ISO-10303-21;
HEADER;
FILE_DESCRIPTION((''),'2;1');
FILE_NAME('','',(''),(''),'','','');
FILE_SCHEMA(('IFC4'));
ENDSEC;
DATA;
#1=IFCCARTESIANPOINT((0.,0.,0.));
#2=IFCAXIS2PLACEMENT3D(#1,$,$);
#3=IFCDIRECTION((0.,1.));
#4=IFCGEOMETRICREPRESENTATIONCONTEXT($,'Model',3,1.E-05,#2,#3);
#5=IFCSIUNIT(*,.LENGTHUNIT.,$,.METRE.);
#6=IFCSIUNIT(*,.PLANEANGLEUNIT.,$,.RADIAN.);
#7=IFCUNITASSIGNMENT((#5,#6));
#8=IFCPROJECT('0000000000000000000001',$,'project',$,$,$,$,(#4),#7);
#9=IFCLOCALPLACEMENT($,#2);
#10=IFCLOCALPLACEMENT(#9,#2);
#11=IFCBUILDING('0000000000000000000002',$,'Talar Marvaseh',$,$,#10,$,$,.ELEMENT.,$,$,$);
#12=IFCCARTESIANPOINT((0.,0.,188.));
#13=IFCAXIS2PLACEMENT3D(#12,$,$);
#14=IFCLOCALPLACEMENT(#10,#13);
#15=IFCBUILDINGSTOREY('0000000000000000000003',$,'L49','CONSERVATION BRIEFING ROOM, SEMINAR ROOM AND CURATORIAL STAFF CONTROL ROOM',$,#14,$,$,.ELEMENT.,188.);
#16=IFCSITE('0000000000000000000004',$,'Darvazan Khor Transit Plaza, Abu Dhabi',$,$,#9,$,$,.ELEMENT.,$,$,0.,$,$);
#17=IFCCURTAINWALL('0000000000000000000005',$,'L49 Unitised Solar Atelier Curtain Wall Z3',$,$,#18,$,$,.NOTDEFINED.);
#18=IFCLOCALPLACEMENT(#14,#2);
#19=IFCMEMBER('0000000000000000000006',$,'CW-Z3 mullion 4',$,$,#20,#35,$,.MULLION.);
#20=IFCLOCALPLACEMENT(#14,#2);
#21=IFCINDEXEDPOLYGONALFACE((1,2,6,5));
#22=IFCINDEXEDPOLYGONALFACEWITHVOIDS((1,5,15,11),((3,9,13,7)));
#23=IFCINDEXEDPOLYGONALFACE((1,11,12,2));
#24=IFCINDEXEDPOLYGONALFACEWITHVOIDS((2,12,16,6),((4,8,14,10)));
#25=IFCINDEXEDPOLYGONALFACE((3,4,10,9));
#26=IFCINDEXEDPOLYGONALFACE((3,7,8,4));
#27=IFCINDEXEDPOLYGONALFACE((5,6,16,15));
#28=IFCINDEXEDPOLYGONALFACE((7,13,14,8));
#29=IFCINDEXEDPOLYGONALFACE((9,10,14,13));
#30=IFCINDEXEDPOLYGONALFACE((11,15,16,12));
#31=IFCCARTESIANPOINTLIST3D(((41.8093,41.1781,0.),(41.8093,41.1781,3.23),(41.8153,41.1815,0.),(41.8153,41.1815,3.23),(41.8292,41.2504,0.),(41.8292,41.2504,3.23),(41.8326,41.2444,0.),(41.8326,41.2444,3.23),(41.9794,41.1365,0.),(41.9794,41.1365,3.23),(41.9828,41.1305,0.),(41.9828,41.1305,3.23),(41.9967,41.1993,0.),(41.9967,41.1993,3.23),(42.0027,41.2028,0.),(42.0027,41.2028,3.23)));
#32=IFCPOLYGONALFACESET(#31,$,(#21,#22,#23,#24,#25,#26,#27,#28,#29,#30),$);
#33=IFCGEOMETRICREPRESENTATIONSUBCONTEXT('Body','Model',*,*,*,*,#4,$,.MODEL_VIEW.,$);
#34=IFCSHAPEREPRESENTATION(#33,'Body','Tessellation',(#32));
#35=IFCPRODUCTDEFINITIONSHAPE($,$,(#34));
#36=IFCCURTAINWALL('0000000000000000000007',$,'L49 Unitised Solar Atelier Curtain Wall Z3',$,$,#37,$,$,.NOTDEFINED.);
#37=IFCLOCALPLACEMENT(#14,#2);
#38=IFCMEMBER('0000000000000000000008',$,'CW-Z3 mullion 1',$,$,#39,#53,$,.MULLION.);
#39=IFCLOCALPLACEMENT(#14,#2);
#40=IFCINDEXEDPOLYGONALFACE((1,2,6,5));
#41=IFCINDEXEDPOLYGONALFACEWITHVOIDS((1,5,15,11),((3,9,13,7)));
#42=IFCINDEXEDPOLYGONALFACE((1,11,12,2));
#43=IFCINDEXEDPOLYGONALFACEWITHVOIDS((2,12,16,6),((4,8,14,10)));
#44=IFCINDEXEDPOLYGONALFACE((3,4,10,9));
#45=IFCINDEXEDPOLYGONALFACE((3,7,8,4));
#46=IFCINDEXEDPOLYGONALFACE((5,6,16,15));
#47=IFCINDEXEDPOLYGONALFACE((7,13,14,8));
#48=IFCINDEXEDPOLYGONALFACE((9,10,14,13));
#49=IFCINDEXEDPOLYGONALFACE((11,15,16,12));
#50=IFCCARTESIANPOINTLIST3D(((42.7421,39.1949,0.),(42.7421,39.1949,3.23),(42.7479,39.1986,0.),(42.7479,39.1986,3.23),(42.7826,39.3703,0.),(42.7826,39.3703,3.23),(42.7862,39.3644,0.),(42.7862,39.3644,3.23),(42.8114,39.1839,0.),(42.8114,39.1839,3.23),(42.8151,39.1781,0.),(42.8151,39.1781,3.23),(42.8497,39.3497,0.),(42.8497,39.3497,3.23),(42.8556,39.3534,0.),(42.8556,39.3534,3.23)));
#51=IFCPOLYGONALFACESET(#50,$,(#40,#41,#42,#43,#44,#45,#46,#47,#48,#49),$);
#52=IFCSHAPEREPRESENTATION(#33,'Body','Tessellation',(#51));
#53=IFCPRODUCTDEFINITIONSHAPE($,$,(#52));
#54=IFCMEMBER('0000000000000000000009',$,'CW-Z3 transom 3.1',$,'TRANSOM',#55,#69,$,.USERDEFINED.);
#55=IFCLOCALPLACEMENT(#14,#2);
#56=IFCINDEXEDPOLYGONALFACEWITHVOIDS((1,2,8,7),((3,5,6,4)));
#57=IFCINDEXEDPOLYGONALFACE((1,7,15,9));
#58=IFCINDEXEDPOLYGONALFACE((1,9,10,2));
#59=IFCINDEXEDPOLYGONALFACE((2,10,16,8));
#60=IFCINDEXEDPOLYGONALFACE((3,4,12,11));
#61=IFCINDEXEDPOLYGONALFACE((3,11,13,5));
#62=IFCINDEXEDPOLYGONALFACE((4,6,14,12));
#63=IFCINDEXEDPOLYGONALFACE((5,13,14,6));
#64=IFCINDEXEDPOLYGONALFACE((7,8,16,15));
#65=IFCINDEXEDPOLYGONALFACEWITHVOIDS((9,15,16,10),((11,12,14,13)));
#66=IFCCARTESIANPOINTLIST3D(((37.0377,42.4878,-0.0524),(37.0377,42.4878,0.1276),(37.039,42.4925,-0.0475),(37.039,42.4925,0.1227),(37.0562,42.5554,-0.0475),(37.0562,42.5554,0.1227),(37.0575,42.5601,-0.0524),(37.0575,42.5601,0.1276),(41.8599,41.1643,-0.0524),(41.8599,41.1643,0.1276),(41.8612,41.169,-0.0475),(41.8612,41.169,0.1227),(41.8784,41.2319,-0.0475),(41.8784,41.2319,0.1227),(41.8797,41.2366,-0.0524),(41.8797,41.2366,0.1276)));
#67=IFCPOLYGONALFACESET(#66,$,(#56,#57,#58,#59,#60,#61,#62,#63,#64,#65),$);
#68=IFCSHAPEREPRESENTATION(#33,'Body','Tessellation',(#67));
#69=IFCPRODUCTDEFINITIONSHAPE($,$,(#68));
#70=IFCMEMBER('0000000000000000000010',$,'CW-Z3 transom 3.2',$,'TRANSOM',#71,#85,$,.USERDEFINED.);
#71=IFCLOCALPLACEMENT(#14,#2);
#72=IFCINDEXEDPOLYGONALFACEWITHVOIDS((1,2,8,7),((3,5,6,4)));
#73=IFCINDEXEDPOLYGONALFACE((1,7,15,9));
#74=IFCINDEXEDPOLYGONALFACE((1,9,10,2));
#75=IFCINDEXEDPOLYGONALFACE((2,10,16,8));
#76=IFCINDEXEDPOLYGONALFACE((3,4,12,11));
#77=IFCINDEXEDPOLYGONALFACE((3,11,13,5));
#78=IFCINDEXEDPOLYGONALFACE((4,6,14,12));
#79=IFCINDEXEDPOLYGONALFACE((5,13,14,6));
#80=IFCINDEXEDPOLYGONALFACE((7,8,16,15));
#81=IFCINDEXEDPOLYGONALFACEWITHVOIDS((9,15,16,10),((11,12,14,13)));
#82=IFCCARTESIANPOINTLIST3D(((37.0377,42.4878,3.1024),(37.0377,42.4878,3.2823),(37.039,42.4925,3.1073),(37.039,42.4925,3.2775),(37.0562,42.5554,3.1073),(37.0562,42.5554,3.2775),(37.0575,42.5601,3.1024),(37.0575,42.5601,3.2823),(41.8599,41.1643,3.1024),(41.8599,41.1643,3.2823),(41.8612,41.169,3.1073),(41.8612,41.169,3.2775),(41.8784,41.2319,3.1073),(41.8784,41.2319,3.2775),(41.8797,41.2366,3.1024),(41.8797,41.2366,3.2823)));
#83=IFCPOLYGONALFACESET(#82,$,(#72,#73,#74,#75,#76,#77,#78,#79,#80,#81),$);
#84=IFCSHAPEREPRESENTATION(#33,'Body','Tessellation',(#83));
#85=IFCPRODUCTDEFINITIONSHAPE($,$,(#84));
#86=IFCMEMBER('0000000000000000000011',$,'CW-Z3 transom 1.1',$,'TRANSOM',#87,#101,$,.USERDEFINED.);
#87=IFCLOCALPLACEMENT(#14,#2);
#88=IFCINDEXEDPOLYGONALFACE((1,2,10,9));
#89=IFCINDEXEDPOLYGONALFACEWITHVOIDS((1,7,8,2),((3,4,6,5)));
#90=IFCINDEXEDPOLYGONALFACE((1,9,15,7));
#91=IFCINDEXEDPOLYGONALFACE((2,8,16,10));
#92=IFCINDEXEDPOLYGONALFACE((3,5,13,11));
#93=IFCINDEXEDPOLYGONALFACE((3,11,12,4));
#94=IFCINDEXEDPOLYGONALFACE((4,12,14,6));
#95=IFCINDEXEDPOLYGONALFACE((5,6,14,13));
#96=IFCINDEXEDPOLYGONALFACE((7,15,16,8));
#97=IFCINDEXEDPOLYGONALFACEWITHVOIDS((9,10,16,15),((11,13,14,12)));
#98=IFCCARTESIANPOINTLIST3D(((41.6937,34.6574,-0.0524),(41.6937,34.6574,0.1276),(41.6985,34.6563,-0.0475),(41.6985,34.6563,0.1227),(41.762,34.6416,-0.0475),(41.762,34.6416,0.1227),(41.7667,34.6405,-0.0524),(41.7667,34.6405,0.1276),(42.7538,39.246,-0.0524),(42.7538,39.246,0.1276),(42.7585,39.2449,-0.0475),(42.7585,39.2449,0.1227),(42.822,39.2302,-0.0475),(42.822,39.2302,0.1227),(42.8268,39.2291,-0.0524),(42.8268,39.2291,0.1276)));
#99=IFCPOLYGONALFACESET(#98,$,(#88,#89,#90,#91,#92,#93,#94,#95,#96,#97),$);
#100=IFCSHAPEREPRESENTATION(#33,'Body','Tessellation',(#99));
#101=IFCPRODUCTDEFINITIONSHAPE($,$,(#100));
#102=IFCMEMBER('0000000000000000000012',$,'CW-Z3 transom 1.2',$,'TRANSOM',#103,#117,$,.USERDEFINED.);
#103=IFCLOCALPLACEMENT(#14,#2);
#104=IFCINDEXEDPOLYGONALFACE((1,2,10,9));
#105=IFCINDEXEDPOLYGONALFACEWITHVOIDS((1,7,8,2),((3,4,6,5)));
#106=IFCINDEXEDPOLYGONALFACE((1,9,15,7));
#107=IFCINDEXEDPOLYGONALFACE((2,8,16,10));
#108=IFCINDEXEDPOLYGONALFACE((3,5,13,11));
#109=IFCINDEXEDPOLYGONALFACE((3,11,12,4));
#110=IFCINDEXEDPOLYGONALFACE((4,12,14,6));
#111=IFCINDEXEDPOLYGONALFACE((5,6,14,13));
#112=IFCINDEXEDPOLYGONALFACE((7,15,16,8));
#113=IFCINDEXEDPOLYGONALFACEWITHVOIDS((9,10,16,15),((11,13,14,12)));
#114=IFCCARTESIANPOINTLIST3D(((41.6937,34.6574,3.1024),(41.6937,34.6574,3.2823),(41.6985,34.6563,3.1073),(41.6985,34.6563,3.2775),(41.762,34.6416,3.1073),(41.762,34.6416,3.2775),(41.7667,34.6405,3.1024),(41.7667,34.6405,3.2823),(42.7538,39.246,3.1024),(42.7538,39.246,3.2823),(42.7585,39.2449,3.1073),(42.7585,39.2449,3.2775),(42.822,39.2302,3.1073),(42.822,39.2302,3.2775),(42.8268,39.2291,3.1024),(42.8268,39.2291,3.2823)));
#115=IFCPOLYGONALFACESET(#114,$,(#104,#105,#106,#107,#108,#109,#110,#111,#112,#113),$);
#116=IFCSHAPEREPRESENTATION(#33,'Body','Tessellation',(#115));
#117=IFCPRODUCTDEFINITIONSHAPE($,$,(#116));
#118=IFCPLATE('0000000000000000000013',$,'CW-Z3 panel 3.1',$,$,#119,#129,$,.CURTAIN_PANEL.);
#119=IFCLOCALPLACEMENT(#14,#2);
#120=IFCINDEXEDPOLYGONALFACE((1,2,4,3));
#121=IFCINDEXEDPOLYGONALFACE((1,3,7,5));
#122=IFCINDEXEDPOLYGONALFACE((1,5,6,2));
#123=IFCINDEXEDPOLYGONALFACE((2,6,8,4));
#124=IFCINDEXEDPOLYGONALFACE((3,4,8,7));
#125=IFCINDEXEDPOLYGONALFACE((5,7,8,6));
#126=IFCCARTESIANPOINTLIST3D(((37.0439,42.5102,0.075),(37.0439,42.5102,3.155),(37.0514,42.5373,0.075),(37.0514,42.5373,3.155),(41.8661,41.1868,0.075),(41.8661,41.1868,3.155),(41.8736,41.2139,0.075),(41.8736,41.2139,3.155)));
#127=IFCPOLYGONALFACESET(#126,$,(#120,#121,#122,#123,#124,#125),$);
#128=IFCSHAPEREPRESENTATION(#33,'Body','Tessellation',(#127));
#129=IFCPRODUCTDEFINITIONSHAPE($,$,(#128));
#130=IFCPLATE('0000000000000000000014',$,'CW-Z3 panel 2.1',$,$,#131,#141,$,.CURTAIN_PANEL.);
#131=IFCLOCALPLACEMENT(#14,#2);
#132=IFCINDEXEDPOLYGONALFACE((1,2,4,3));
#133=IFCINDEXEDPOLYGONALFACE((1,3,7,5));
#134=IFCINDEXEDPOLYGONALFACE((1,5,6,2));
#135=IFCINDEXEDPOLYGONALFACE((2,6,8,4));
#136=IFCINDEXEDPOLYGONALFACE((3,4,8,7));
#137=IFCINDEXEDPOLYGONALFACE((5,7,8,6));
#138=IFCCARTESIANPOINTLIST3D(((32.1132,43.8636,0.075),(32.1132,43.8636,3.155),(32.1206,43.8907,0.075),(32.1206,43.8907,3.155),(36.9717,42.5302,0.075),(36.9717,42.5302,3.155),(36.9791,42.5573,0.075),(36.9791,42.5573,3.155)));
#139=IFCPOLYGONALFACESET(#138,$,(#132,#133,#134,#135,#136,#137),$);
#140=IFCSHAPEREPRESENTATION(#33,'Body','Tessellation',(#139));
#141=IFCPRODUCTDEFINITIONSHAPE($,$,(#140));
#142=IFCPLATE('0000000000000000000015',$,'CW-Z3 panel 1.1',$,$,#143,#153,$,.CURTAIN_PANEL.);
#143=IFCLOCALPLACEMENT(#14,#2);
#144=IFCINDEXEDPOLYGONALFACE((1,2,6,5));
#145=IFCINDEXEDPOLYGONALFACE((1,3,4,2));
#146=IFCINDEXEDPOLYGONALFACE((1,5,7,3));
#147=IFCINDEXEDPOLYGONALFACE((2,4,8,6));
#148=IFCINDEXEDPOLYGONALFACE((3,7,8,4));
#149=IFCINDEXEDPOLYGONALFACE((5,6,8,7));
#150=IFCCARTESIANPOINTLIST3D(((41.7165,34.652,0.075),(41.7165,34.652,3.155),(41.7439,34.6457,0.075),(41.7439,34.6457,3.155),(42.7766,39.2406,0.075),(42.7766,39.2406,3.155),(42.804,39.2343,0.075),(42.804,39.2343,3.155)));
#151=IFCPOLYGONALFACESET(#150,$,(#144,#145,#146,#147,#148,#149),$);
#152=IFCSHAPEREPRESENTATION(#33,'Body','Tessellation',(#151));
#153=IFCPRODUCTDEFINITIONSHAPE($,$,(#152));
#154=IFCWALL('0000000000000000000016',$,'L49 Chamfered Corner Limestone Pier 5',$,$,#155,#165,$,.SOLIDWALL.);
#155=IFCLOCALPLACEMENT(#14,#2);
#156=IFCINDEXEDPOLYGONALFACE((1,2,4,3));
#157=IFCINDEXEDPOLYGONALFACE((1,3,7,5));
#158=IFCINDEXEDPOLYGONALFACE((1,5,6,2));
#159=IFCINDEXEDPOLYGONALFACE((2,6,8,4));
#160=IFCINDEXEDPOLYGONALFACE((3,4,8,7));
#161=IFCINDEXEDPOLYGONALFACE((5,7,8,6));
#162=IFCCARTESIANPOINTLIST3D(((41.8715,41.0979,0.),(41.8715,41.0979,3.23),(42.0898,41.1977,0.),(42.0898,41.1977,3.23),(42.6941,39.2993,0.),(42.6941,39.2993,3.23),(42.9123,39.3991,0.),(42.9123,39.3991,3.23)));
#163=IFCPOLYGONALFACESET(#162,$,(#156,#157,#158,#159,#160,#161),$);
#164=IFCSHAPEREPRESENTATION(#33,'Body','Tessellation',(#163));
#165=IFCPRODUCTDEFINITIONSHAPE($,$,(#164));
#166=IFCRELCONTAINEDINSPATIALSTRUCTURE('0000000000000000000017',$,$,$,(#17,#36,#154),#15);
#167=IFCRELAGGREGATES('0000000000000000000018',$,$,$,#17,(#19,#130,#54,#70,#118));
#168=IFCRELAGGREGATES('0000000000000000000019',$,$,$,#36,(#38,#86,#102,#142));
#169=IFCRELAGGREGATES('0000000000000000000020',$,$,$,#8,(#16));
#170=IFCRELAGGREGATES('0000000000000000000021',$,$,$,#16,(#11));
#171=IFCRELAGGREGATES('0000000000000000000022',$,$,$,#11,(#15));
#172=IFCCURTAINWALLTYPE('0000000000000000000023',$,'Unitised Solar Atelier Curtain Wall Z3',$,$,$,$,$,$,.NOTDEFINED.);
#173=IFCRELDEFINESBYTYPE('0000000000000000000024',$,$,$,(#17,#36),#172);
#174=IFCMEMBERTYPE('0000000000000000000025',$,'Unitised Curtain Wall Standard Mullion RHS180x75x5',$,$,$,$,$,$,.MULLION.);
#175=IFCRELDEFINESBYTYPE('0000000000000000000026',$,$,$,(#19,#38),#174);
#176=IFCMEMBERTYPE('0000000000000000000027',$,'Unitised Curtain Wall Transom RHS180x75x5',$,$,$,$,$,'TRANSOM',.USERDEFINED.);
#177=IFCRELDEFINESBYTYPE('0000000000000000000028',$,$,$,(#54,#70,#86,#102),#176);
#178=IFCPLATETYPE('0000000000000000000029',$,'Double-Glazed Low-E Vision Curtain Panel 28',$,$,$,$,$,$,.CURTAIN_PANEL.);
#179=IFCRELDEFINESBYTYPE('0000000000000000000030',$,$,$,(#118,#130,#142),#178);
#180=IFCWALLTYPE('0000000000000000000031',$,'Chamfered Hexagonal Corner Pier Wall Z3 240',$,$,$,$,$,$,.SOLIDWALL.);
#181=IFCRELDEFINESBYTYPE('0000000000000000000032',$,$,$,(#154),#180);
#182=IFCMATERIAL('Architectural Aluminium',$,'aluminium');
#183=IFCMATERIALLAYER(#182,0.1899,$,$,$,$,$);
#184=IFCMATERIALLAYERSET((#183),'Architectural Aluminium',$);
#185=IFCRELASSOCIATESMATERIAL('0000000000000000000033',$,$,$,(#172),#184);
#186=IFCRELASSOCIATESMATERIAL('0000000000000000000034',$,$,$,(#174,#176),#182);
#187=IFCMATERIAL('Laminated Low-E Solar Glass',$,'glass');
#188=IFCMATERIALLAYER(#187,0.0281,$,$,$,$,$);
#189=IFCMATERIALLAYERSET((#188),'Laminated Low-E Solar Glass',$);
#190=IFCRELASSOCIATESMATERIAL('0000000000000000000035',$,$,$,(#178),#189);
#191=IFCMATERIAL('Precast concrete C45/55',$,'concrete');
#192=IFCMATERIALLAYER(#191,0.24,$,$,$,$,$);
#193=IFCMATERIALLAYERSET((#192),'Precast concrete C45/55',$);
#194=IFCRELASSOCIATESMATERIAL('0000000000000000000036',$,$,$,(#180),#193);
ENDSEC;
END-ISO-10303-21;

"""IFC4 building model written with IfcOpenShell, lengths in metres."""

from ifc_helpers import new_model, si_unit, direction, frame, frame_2d, origin, origin_2d, place, context, subcontext, project, spatial, rectangle, hollow_rectangle, extrude, source, transform, mapped, material, layer, layer_set, material_profile, profile_set, type_object, type_shapes, element, aggregate, save


model = new_model("IFC4")

# Units and contexts
model_context = context("Model", 3, precision=1e-05, world=origin(), true_north=direction((0.0, 1.0)))
body_context = subcontext(model_context, "Body", "Model", "MODEL_VIEW")
ifc_project = project(units=[si_unit("LENGTHUNIT", "METRE"), si_unit("PLANEANGLEUNIT", "RADIAN")], contexts=[model_context])

# Site, building, storey
site_placement = place(None, origin())
site = spatial("IfcSite", under=ifc_project, at=site_placement, Name="Darvazan Khor Transit Plaza, Abu Dhabi", CompositionType="ELEMENT", RefElevation=0.0)
building_placement = place(site_placement, origin())
building = spatial("IfcBuilding", under=site, at=building_placement, Name="Talar Marvaseh", CompositionType="ELEMENT")
storey_placement = place(building_placement, frame((0.0, 0.0, 188.0)))
storey = spatial("IfcBuildingStorey", under=building, at=storey_placement, Name="L49", Description="CONSERVATION BRIEFING ROOM, SEMINAR ROOM AND CURATORIAL STAFF CONTROL ROOM", CompositionType="ELEMENT", Elevation=188.0)

# Curtain wall, member
ifc_material_1 = material(Name="Architectural Aluminium", Category="aluminium")
ifc_layer_1 = layer(ifc_material_1, 0.1899)
ifc_layer_set_1 = layer_set([ifc_layer_1], Name="Architectural Aluminium")
curtain_wall_type = type_object("IfcCurtainWallType", Name="Unitised Solar Atelier Curtain Wall Z3", PredefinedType="NOTDEFINED", material=ifc_layer_set_1)
curtain_wall_1_placement = place(storey_placement, origin())
curtain_wall_1 = element("IfcCurtainWall", 1, at=curtain_wall_1_placement, inside=storey, type_object=curtain_wall_type, Name="L49 Unitised Solar Atelier Curtain Wall Z3", PredefinedType="NOTDEFINED")
ifc_material_profile_1 = material_profile(ifc_material_1, hollow_rectangle(XDim=0.075, YDim=0.1799, WallThickness=0.0049, at=origin_2d()), Name="RHS180x75x5")
ifc_profile_set_1 = profile_set([ifc_material_profile_1], Name="Architectural Aluminium")
member_type_1 = type_object("IfcMemberType", Name="Unitised Curtain Wall Standard Mullion RHS180x75x5", PredefinedType="MULLION", material=ifc_profile_set_1)
shared_shape_1 = source(origin(), body_context, "Body", "SweptSolid", [
    extrude(hollow_rectangle(XDim=0.075, YDim=0.1799, WallThickness=0.0049, at=origin_2d()), origin(), (0.0, 0.0, 1.0), 3.23),
])
type_shapes(member_type_1, [shared_shape_1])
member_1_placement = place(storey_placement, frame((41.906, 41.1904, 0.0), z_axis=(0.0, 0.0, 1.0), x_axis=(0.264652, 0.964344, 0.0)))
member_1 = element("IfcMember", 2, at=member_1_placement, type_object=member_type_1, Name="CW-Z3 mullion 4", PredefinedType="MULLION", context=body_context, shape_type="MappedRepresentation", body=[
    mapped(shared_shape_1, transform((0.0, 0.0, 0.0), x_axis=(1.0, 0.0, 0.0), y_axis=(0.0, 1.0, 0.0), z_axis=(0.0, 0.0, 1.0), scale=1.0)),
])

# Curtain wall, member
curtain_wall_2_placement = place(storey_placement, origin())
curtain_wall_2 = element("IfcCurtainWall", 3, at=curtain_wall_2_placement, inside=storey, type_object=curtain_wall_type, Name="L49 Unitised Solar Atelier Curtain Wall Z3", PredefinedType="NOTDEFINED")
member_2_placement = place(storey_placement, frame((42.7988, 39.2742, 0.0), z_axis=(0.0, 0.0, 1.0), x_axis=(0.974335, -0.225102, 0.0)))
member_2 = element("IfcMember", 4, at=member_2_placement, type_object=member_type_1, Name="CW-Z3 mullion 1", PredefinedType="MULLION", context=body_context, shape_type="MappedRepresentation", body=[
    mapped(shared_shape_1, transform((0.0, 0.0, 0.0), x_axis=(1.0, 0.0, 0.0), y_axis=(0.0, 1.0, 0.0), z_axis=(0.0, 0.0, 1.0), scale=1.0)),
])

# Members
ifc_material_profile_2 = material_profile(ifc_material_1, hollow_rectangle(XDim=0.075, YDim=0.1799, WallThickness=0.0049, at=origin_2d()), Name="RHS180x75x5")
ifc_profile_set_2 = profile_set([ifc_material_profile_2], Name="Architectural Aluminium")
member_type_2 = type_object("IfcMemberType", Name="Unitised Curtain Wall Transom RHS180x75x5", ElementType="TRANSOM", PredefinedType="USERDEFINED", material=ifc_profile_set_2)
shared_shape_2 = source(origin(), body_context, "Body", "SweptSolid", [
    extrude(hollow_rectangle(XDim=0.075, YDim=0.1799, WallThickness=0.0049, at=origin_2d()), origin(), (0.0, 0.0, 1.0), 5.0005),
])
member_3_placement = place(storey_placement, frame((37.0476, 42.5239, 0.0376), z_axis=(0.96434, -0.264666, 0.0), x_axis=(0.264666, 0.96434, 0.0)))
member_3 = element("IfcMember", 5, at=member_3_placement, type_object=member_type_2, Name="CW-Z3 transom 3.1", ObjectType="TRANSOM", PredefinedType="USERDEFINED", context=body_context, shape_type="MappedRepresentation", body=[
    mapped(shared_shape_2, transform((0.0, 0.0, 0.0), x_axis=(1.0, 0.0, 0.0), y_axis=(0.0, 1.0, 0.0), z_axis=(0.0, 0.0, 1.0), scale=1.0)),
])
member_4_placement = place(storey_placement, frame((37.0476, 42.5239, 3.1924), z_axis=(0.96434, -0.264666, 0.0), x_axis=(0.264666, 0.96434, 0.0)))
member_4 = element("IfcMember", 6, at=member_4_placement, type_object=member_type_2, Name="CW-Z3 transom 3.2", ObjectType="TRANSOM", PredefinedType="USERDEFINED", context=body_context, shape_type="MappedRepresentation", body=[
    mapped(shared_shape_2, transform((0.0, 0.0, 0.0), x_axis=(1.0, 0.0, 0.0), y_axis=(0.0, 1.0, 0.0), z_axis=(0.0, 0.0, 1.0), scale=1.0)),
])
shared_shape_3 = source(origin(), body_context, "Body", "SweptSolid", [
    extrude(hollow_rectangle(XDim=0.075, YDim=0.1799, WallThickness=0.0049, at=origin_2d()), origin(), (0.0, 0.0, 1.0), 4.7095),
])
type_shapes(member_type_2, [shared_shape_2, shared_shape_3])
member_5_placement = place(storey_placement, frame((42.7903, 39.2375, 0.0376), z_axis=(-0.22509, -0.974338, 0.0), x_axis=(0.974338, -0.22509, 0.0)))
member_5 = element("IfcMember", 7, at=member_5_placement, type_object=member_type_2, Name="CW-Z3 transom 1.1", ObjectType="TRANSOM", PredefinedType="USERDEFINED", context=body_context, shape_type="MappedRepresentation", body=[
    mapped(shared_shape_3, transform((0.0, 0.0, 0.0), x_axis=(1.0, 0.0, 0.0), y_axis=(0.0, 1.0, 0.0), z_axis=(0.0, 0.0, 1.0), scale=1.0)),
])
member_6_placement = place(storey_placement, frame((42.7903, 39.2375, 3.1924), z_axis=(-0.22509, -0.974338, 0.0), x_axis=(0.974338, -0.22509, 0.0)))
member_6 = element("IfcMember", 8, at=member_6_placement, type_object=member_type_2, Name="CW-Z3 transom 1.2", ObjectType="TRANSOM", PredefinedType="USERDEFINED", context=body_context, shape_type="MappedRepresentation", body=[
    mapped(shared_shape_3, transform((0.0, 0.0, 0.0), x_axis=(1.0, 0.0, 0.0), y_axis=(0.0, 1.0, 0.0), z_axis=(0.0, 0.0, 1.0), scale=1.0)),
])

# Plates
ifc_material_2 = material(Name="Laminated Low-E Solar Glass", Category="glass")
ifc_layer_2 = layer(ifc_material_2, 0.0281)
ifc_layer_set_2 = layer_set([ifc_layer_2], Name="Laminated Low-E Solar Glass")
plate_type = type_object("IfcPlateType", Name="Double-Glazed Low-E Vision Curtain Panel 28", PredefinedType="CURTAIN_PANEL", material=ifc_layer_set_2)
shared_shape_4 = source(origin(), body_context, "Body", "SweptSolid", [
    extrude(rectangle(XDim=5.0005, YDim=0.0281, at=origin_2d()), origin(), (0.0, 0.0, 1.0), 3.0801),
])
plate_1_placement = place(storey_placement, frame((39.4587, 41.8621, 0.075), z_axis=(0.0, 0.0, 1.0), x_axis=(0.964344, -0.264652, 0.0)))
plate_1 = element("IfcPlate", 9, at=plate_1_placement, type_object=plate_type, Name="CW-Z3 panel 3.1", PredefinedType="CURTAIN_PANEL", context=body_context, shape_type="MappedRepresentation", body=[
    mapped(shared_shape_4, transform((0.0, 0.0, 0.0), x_axis=(1.0, 0.0, 0.0), y_axis=(0.0, 1.0, 0.0), z_axis=(0.0, 0.0, 1.0), scale=1.0)),
])
shared_shape_5 = source(origin(), body_context, "Body", "SweptSolid", [
    extrude(rectangle(XDim=5.0381, YDim=0.0281, at=origin_2d()), origin(), (0.0, 0.0, 1.0), 3.0801),
])
plate_2_placement = place(storey_placement, frame((34.5461, 43.2104, 0.075), z_axis=(0.0, 0.0, 1.0), x_axis=(0.964344, -0.264652, 0.0)))
plate_2 = element("IfcPlate", 10, at=plate_2_placement, type_object=plate_type, Name="CW-Z3 panel 2.1", PredefinedType="CURTAIN_PANEL", context=body_context, shape_type="MappedRepresentation", body=[
    mapped(shared_shape_5, transform((0.0, 0.0, 0.0), x_axis=(1.0, 0.0, 0.0), y_axis=(0.0, 1.0, 0.0), z_axis=(0.0, 0.0, 1.0), scale=1.0)),
])
aggregate(curtain_wall_1, [member_1, plate_2, member_3, member_4, plate_1])
shared_shape_6 = source(origin(), body_context, "Body", "SweptSolid", [
    extrude(rectangle(XDim=4.7095, YDim=0.0281, at=origin_2d()), origin(), (0.0, 0.0, 1.0), 3.0801),
])
type_shapes(plate_type, [shared_shape_4, shared_shape_5, shared_shape_6])
plate_3_placement = place(storey_placement, frame((42.2603, 36.9431, 0.075), z_axis=(0.0, 0.0, 1.0), x_axis=(-0.225102, -0.974335, 0.0)))
plate_3 = element("IfcPlate", 11, at=plate_3_placement, type_object=plate_type, Name="CW-Z3 panel 1.1", PredefinedType="CURTAIN_PANEL", context=body_context, shape_type="MappedRepresentation", body=[
    mapped(shared_shape_6, transform((0.0, 0.0, 0.0), x_axis=(1.0, 0.0, 0.0), y_axis=(0.0, 1.0, 0.0), z_axis=(0.0, 0.0, 1.0), scale=1.0)),
])
aggregate(curtain_wall_2, [member_2, member_5, member_6, plate_3])

# Wall
ifc_material_3 = material(Name="Precast concrete C45/55", Category="concrete")
ifc_layer_3 = layer(ifc_material_3, 0.24)
ifc_layer_set_3 = layer_set([ifc_layer_3], Name="Precast concrete C45/55")
wall_type_1 = type_object("IfcWallType", Name="Chamfered Hexagonal Corner Pier Wall Z3 240", PredefinedType="SOLIDWALL", material=ifc_layer_set_3)
wall_1_placement = place(storey_placement, frame((41.9807, 41.1477, 0.0), z_axis=(0.0, 0.0, 1.0), x_axis=(0.415885, -0.909417, 0.0)))
element("IfcWall", 12, at=wall_1_placement, inside=storey, type_object=wall_type_1, Name="L49 Chamfered Corner Limestone Pier 5", PredefinedType="SOLIDWALL", context=body_context, shape_type="SweptSolid", body=[
    extrude(rectangle(XDim=1.9778, YDim=0.24, at=frame_2d((0.9888, 0.0))), origin(), (0.0, 0.0, 1.0), 3.23),
])

save(model, "model.ifc")
